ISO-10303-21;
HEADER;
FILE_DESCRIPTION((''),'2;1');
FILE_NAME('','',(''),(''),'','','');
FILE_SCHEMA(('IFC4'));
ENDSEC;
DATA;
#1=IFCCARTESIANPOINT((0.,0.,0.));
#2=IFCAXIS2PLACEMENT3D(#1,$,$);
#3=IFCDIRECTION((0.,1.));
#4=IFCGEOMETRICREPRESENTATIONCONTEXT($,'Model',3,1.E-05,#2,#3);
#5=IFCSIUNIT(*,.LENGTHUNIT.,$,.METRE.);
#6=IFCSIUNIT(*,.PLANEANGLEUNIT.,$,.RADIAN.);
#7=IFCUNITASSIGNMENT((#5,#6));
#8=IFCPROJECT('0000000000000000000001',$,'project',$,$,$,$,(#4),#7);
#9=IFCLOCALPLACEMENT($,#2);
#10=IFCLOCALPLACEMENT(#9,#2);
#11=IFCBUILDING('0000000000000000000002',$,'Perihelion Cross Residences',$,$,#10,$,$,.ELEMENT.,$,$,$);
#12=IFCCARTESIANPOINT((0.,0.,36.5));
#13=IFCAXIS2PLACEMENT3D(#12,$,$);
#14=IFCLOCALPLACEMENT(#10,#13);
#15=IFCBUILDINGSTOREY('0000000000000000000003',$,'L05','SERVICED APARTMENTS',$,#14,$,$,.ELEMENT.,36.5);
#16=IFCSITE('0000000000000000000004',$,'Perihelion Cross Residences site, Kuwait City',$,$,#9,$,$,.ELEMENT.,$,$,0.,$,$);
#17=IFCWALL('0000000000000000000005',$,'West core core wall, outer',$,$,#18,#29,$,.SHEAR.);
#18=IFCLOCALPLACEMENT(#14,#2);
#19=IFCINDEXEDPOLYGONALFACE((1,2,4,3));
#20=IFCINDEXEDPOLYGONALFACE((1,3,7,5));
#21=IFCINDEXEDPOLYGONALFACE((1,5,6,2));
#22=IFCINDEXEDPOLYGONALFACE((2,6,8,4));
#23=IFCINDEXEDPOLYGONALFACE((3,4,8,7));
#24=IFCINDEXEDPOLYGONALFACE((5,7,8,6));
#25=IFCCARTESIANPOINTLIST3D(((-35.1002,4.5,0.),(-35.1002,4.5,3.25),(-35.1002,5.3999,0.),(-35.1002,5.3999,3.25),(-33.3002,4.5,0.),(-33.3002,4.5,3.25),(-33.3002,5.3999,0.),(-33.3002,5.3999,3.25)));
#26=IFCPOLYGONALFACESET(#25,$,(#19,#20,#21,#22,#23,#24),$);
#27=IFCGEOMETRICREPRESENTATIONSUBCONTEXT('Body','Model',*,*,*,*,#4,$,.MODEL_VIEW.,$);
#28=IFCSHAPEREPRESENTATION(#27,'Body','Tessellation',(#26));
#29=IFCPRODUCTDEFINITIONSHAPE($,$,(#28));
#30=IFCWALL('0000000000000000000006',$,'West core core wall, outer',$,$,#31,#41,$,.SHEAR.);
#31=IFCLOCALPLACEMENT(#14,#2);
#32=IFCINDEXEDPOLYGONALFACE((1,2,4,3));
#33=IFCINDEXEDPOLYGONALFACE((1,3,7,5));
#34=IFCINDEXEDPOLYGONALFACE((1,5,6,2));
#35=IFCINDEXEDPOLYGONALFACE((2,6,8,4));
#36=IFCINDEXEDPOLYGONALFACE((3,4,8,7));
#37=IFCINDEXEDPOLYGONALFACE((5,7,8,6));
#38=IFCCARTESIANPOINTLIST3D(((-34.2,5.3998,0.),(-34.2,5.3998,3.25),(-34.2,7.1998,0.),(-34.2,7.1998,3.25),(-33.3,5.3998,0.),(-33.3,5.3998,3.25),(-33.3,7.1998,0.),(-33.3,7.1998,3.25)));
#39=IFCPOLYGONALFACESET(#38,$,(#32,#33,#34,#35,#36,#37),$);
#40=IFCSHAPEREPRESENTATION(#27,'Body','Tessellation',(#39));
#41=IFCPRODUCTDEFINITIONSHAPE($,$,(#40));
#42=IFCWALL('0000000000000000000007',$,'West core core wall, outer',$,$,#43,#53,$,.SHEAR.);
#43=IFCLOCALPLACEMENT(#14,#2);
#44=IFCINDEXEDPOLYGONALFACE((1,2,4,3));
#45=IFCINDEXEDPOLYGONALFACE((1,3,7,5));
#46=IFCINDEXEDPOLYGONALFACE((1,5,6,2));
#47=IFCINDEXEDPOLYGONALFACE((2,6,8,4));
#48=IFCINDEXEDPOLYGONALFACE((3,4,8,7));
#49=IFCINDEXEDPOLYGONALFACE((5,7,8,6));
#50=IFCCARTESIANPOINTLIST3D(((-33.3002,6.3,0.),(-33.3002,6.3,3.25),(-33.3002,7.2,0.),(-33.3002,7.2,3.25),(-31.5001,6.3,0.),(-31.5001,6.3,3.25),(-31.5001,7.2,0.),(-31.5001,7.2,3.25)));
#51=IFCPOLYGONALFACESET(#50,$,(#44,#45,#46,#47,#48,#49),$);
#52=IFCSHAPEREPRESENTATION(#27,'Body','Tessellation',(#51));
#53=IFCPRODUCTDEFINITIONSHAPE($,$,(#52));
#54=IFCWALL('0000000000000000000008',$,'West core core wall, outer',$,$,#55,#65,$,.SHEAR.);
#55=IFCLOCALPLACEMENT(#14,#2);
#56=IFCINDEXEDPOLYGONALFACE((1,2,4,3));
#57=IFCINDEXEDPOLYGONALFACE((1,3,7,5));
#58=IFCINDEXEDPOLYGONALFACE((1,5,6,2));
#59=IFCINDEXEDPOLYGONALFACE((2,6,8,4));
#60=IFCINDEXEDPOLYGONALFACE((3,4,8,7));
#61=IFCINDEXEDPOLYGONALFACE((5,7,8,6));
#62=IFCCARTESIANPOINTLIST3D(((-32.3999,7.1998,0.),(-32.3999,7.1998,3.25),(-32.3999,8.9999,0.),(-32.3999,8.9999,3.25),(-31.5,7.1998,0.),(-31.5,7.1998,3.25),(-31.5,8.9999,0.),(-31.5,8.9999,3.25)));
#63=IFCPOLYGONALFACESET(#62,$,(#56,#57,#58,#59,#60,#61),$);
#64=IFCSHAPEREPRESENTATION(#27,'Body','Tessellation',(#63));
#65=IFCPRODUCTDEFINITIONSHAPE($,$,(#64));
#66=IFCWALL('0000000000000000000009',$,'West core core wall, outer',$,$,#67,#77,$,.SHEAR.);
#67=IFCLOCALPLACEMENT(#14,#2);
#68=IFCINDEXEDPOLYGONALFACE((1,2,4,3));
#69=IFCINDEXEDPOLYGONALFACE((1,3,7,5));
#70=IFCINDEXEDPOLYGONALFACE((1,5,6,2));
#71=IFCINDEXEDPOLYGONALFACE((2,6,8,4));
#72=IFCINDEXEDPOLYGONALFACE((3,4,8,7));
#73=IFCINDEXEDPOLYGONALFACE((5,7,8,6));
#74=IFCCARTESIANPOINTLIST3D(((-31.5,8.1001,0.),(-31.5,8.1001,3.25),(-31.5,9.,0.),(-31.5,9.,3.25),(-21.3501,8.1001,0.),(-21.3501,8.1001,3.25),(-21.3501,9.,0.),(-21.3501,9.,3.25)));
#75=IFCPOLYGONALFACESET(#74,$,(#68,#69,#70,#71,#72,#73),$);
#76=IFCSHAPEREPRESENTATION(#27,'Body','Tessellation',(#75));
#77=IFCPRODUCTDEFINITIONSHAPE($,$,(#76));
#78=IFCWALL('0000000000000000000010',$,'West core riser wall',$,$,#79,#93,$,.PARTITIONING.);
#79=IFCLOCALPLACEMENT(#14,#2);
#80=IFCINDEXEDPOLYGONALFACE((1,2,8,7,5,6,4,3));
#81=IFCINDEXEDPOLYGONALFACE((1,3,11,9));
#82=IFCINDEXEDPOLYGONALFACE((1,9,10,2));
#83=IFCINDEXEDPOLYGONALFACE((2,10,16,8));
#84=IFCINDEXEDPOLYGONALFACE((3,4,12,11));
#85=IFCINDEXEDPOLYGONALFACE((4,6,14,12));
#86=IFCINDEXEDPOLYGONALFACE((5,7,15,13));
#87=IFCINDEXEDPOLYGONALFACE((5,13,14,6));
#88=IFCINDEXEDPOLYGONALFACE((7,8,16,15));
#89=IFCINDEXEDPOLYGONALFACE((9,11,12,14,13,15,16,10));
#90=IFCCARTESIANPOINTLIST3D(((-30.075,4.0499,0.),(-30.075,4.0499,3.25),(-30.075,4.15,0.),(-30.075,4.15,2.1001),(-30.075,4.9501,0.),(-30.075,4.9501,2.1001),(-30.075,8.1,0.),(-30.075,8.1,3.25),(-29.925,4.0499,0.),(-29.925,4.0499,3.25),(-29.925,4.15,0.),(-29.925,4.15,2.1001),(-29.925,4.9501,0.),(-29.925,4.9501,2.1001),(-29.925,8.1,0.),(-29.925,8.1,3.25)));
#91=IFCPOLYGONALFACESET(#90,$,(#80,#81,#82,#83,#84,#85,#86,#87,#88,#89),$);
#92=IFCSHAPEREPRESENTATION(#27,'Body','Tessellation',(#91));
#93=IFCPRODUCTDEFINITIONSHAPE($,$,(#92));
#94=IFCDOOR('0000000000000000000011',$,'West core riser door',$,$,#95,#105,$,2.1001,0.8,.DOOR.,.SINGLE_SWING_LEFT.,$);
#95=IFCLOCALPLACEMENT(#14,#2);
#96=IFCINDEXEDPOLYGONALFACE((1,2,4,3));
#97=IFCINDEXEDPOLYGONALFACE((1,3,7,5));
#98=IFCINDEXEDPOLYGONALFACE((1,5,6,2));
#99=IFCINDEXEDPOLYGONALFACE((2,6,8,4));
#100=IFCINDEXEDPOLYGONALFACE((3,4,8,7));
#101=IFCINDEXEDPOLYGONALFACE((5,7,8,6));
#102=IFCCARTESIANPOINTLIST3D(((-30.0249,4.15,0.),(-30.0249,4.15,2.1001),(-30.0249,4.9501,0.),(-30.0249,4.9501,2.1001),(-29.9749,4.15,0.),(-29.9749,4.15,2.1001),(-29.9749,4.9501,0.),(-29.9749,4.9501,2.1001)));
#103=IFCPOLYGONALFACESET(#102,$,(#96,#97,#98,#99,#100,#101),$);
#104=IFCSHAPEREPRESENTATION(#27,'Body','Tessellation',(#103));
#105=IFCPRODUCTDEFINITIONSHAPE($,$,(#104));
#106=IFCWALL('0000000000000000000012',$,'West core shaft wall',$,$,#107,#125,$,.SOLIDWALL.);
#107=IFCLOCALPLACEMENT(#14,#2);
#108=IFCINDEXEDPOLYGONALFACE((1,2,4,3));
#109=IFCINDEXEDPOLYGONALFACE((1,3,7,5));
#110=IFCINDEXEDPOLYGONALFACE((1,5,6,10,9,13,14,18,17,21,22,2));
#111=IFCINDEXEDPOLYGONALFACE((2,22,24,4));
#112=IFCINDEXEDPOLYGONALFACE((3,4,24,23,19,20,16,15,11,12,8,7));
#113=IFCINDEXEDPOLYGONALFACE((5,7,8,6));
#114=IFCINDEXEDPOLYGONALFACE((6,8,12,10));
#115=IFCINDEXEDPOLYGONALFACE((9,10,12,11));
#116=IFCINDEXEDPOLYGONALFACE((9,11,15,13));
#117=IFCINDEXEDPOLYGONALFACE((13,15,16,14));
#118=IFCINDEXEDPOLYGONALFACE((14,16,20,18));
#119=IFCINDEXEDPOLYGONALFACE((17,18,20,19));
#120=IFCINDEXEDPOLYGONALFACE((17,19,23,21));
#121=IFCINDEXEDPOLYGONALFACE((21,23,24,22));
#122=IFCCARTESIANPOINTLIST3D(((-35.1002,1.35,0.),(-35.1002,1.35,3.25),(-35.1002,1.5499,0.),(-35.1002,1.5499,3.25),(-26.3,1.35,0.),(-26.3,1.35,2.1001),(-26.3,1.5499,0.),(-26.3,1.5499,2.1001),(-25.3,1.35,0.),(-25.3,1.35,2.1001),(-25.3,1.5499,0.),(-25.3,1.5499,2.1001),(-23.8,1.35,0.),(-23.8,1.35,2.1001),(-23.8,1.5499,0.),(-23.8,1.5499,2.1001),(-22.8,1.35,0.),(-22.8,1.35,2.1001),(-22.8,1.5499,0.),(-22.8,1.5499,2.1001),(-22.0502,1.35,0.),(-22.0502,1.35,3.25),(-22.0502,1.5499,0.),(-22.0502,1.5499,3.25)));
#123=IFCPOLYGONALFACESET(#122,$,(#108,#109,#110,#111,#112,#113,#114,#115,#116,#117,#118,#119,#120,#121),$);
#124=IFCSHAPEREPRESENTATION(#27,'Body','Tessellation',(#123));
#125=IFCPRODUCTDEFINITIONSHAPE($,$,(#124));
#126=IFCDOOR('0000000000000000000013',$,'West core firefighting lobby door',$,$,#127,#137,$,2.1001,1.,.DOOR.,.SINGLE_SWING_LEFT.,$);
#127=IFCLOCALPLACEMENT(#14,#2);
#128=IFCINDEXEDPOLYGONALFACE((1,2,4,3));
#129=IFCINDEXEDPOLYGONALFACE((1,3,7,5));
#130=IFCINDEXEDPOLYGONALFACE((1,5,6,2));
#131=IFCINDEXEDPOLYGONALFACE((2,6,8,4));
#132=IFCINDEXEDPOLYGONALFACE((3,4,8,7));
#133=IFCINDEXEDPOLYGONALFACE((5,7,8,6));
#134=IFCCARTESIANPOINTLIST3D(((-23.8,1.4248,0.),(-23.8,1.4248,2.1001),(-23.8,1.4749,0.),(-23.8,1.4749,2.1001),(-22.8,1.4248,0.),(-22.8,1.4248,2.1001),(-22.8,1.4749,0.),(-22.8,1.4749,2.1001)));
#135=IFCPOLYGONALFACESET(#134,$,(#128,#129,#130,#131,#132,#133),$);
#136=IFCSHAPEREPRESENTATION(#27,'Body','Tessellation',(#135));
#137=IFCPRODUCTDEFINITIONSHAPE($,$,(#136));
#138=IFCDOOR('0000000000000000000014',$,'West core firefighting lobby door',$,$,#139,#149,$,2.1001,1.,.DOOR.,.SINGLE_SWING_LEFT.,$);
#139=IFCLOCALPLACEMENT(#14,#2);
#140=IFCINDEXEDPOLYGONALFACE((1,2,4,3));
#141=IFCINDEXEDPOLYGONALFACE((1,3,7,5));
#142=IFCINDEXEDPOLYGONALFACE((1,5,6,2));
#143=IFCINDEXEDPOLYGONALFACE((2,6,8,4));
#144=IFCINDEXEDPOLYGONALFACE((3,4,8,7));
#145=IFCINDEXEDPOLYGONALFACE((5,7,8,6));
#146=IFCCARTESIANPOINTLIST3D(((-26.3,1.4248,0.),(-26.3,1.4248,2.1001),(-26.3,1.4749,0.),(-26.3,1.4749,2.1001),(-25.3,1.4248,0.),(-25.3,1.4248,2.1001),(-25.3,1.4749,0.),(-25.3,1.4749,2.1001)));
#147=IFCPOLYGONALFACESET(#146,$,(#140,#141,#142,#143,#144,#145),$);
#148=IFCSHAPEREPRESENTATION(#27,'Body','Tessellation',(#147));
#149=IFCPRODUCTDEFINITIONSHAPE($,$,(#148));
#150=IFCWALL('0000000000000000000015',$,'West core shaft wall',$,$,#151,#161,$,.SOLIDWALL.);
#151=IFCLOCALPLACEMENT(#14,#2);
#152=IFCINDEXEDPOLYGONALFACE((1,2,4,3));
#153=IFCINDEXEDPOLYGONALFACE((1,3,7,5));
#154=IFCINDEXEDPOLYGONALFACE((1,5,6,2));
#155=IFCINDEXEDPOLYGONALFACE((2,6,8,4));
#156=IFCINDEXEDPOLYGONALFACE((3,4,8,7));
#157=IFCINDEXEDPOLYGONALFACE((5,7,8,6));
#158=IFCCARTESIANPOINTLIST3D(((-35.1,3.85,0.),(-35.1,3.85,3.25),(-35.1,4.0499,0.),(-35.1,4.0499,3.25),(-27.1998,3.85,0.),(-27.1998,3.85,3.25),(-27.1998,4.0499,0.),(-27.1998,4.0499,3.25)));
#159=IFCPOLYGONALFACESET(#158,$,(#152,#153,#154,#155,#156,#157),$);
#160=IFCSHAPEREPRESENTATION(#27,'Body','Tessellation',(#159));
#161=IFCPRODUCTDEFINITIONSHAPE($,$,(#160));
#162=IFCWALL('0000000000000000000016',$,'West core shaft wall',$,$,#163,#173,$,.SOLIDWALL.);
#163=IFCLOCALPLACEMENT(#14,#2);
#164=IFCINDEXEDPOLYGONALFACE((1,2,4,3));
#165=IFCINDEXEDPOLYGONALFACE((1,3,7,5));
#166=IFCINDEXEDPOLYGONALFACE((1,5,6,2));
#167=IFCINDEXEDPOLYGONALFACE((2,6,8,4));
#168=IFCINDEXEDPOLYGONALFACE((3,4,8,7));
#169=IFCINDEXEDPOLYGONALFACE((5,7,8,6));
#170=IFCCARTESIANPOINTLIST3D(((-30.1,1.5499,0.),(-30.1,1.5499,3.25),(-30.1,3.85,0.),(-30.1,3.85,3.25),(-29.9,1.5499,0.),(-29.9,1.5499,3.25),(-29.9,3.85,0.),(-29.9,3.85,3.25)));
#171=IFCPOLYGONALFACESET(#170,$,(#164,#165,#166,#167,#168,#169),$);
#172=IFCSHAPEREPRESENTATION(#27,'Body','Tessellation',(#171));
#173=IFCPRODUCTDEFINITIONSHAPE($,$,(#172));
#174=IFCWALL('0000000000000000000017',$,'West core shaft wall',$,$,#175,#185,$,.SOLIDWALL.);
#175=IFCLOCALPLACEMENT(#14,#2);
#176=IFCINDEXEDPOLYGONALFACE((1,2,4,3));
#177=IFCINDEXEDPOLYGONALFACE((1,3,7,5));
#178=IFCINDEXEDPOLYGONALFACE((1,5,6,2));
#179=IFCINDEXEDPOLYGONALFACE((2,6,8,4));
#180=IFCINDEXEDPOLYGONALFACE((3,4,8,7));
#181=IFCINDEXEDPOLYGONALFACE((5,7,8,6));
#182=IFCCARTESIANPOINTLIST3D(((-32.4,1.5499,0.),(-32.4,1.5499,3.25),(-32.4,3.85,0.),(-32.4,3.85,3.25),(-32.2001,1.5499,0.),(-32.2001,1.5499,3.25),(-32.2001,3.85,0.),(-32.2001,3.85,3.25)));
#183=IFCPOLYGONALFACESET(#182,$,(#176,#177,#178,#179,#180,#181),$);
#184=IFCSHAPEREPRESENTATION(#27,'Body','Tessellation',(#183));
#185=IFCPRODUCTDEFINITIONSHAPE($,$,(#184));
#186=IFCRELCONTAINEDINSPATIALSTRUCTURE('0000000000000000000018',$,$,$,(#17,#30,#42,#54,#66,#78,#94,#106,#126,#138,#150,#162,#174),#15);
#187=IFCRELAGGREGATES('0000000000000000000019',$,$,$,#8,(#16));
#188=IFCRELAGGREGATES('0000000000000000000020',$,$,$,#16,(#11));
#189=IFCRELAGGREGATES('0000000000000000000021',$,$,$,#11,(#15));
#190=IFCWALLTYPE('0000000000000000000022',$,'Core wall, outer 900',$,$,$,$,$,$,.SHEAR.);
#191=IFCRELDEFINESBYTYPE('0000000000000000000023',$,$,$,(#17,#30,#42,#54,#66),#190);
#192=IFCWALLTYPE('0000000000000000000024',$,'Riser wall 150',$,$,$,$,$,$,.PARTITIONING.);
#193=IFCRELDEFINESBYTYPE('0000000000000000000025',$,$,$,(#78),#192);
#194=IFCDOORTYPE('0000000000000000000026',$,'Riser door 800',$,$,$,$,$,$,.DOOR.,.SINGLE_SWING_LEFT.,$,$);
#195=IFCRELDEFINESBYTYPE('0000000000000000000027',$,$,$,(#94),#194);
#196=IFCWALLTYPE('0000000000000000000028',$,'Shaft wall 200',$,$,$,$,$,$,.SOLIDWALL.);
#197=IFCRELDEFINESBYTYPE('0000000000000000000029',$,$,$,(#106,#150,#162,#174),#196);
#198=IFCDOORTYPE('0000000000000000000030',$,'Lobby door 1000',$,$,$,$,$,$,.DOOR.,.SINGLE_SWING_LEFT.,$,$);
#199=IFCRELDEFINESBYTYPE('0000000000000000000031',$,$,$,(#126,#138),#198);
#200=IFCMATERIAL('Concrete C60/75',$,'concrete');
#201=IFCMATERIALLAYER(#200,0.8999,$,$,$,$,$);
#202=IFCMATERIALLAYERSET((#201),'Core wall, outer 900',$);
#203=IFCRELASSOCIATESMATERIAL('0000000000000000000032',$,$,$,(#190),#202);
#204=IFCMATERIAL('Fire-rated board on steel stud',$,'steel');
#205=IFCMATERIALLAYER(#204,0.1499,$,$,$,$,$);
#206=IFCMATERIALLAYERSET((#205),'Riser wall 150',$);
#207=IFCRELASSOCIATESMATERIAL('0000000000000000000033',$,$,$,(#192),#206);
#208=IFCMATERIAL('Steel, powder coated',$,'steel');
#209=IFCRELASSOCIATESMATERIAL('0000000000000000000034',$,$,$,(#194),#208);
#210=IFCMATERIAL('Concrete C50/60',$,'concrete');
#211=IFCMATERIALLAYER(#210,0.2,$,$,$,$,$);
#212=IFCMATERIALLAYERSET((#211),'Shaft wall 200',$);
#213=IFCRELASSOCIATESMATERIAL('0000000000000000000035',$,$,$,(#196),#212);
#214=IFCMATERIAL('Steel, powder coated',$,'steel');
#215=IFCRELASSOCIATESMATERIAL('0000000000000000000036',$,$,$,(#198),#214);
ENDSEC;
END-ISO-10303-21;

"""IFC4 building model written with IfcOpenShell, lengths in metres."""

from ifc_helpers import new_model, si_unit, direction, frame, frame_2d, origin, place, context, subcontext, project, spatial, rectangle, extrude, material, layer, layer_set, type_object, element, fill, save


model = new_model("IFC4")

# Units and contexts
model_context = context("Model", 3, precision=1e-05, world=origin(), true_north=direction((0.0, 1.0)))
body_context = subcontext(model_context, "Body", "Model", "MODEL_VIEW")
ifc_project = project(units=[si_unit("LENGTHUNIT", "METRE"), si_unit("PLANEANGLEUNIT", "RADIAN")], contexts=[model_context])

# Site, building, storey
site_placement = place(None, origin())
site = spatial("IfcSite", under=ifc_project, at=site_placement, Name="Perihelion Cross Residences site, Kuwait City", CompositionType="ELEMENT", RefElevation=0.0)
building_placement = place(site_placement, origin())
building = spatial("IfcBuilding", under=site, at=building_placement, Name="Perihelion Cross Residences", CompositionType="ELEMENT")
storey_placement = place(building_placement, frame((0.0, 0.0, 36.5)))
storey = spatial("IfcBuildingStorey", under=building, at=storey_placement, Name="L05", Description="SERVICED APARTMENTS", CompositionType="ELEMENT", Elevation=36.5)

# Walls
ifc_material_1 = material(Name="Concrete C60/75", Category="concrete")
ifc_layer_1 = layer(ifc_material_1, 0.8999)
ifc_layer_set_1 = layer_set([ifc_layer_1], Name="Core wall, outer 900")
wall_type_1 = type_object("IfcWallType", Name="Core wall, outer 900", PredefinedType="SHEAR", material=ifc_layer_set_1)
for number, where, z_axis, x_axis, name in (
    (1, (-35.1001, 4.95, 0.0), (0.0, 0.0, 1.0), (1.0, 0.0, 0.0), "West core core wall, outer"),
    (2, (-33.75, 5.3999, 0.0), (0.0, 0.0, 1.0), (0.0, 1.0, 0.0), "West core core wall, outer"),
    (3, (-33.3, 6.75, 0.0), (0.0, 0.0, 1.0), (1.0, 0.0, 0.0), "West core core wall, outer"),
    (4, (-31.95, 7.2, 0.0), (0.0, 0.0, 1.0), (0.0, 1.0, 0.0), "West core core wall, outer"),
):
    element("IfcWall", number, at=place(storey_placement, frame(where, z_axis=z_axis, x_axis=x_axis)), inside=storey, type_object=wall_type_1, Name=name, PredefinedType="SHEAR", context=body_context, shape_type="SweptSolid", body=[
        extrude(rectangle(XDim=1.8, YDim=0.8999, at=frame_2d((0.8999, 0.0))), origin(), (0.0, 0.0, 1.0), 3.25),
    ])
wall_1_placement = place(storey_placement, frame((-31.5, 8.55, 0.0), z_axis=(0.0, 0.0, 1.0), x_axis=(1.0, 0.0, 0.0)))
element("IfcWall", 5, at=wall_1_placement, inside=storey, type_object=wall_type_1, Name="West core core wall, outer", PredefinedType="SHEAR", context=body_context, shape_type="SweptSolid", body=[
    extrude(rectangle(XDim=10.1499, YDim=0.8999, at=frame_2d((5.075, 0.0))), origin(), (0.0, 0.0, 1.0), 3.25),
])

# Wall, opening, door
ifc_material_2 = material(Name="Fire-rated board on steel stud", Category="steel")
ifc_layer_2 = layer(ifc_material_2, 0.1499)
ifc_layer_set_2 = layer_set([ifc_layer_2], Name="Riser wall 150")
wall_type_2 = type_object("IfcWallType", Name="Riser wall 150", PredefinedType="PARTITIONING", material=ifc_layer_set_2)
wall_2_placement = place(storey_placement, frame((-30.0, 4.05, 0.0), z_axis=(0.0, 0.0, 1.0), x_axis=(0.0, 1.0, 0.0)))
wall_2 = element("IfcWall", 6, at=wall_2_placement, inside=storey, type_object=wall_type_2, Name="West core riser wall", PredefinedType="PARTITIONING", context=body_context, shape_type="SweptSolid", body=[
    extrude(rectangle(XDim=4.05, YDim=0.1499, at=frame_2d((2.0249, 0.0))), origin(), (0.0, 0.0, 1.0), 3.25),
])
opening_1_placement = place(wall_2_placement, frame((0.1001, 0.0, 0.0)))
opening_1 = element("IfcOpeningElement", 7, at=opening_1_placement, cuts=wall_2, PredefinedType="OPENING", context=body_context, shape_type="SweptSolid", body=[
    extrude(rectangle(XDim=0.8, YDim=2.1001, at=frame_2d((0.3999, 1.05))), frame((0.0, 0.085, 0.0), z_axis=(0.0, -1.0, 0.0), x_axis=(1.0, 0.0, 0.0)), (0.0, 0.0, 1.0), 0.1699),
])
ifc_material_3 = material(Name="Steel, powder coated", Category="steel")
door_type_1 = type_object("IfcDoorType", Name="Riser door 800", OperationType="SINGLE_SWING_LEFT", PredefinedType="DOOR", material=ifc_material_3)
door_1_placement = place(opening_1_placement, origin())
door_1 = element("IfcDoor", 8, at=door_1_placement, inside=storey, type_object=door_type_1, Name="West core riser door", OperationType="SINGLE_SWING_LEFT", OverallHeight=2.1001, OverallWidth=0.8, PredefinedType="DOOR", context=body_context, shape_type="SweptSolid", body=[
    extrude(rectangle(XDim=0.8, YDim=2.1001, at=frame_2d((0.3999, 1.05))), frame((0.0, 0.0249, 0.0), z_axis=(0.0, -1.0, 0.0), x_axis=(1.0, 0.0, 0.0)), (0.0, 0.0, 1.0), 0.05),
])
fill(opening_1, door_1)

# Wall, openings, doors
ifc_material_4 = material(Name="Concrete C50/60", Category="concrete")
ifc_layer_3 = layer(ifc_material_4, 0.2)
ifc_layer_set_3 = layer_set([ifc_layer_3], Name="Shaft wall 200")
wall_type_3 = type_object("IfcWallType", Name="Shaft wall 200", PredefinedType="SOLIDWALL", material=ifc_layer_set_3)
wall_3_placement = place(storey_placement, frame((-35.1001, 1.45, 0.0), z_axis=(0.0, 0.0, 1.0), x_axis=(1.0, 0.0, 0.0)))
wall_3 = element("IfcWall", 9, at=wall_3_placement, inside=storey, type_object=wall_type_3, Name="West core shaft wall", PredefinedType="SOLIDWALL", context=body_context, shape_type="SweptSolid", body=[
    extrude(rectangle(XDim=13.05, YDim=0.2, at=frame_2d((6.5249, 0.0))), origin(), (0.0, 0.0, 1.0), 3.25),
])
opening_2_placement = place(wall_3_placement, frame((11.3, 0.0, 0.0)))
opening_2 = element("IfcOpeningElement", 10, at=opening_2_placement, cuts=wall_3, PredefinedType="OPENING", context=body_context, shape_type="SweptSolid", body=[
    extrude(rectangle(XDim=1.0, YDim=2.1001, at=frame_2d((0.5, 1.05))), frame((0.0, 0.1099, 0.0), z_axis=(0.0, -1.0, 0.0), x_axis=(1.0, 0.0, 0.0)), (0.0, 0.0, 1.0), 0.22),
])
opening_3_placement = place(wall_3_placement, frame((8.8, 0.0, 0.0)))
opening_3 = element("IfcOpeningElement", 11, at=opening_3_placement, cuts=wall_3, PredefinedType="OPENING", context=body_context, shape_type="SweptSolid", body=[
    extrude(rectangle(XDim=1.0, YDim=2.1001, at=frame_2d((0.5, 1.05))), frame((0.0, 0.1099, 0.0), z_axis=(0.0, -1.0, 0.0), x_axis=(1.0, 0.0, 0.0)), (0.0, 0.0, 1.0), 0.22),
])
ifc_material_5 = material(Name="Steel, powder coated", Category="steel")
door_type_2 = type_object("IfcDoorType", Name="Lobby door 1000", OperationType="SINGLE_SWING_LEFT", PredefinedType="DOOR", material=ifc_material_5)
door_2_placement = place(opening_2_placement, origin())
door_2 = element("IfcDoor", 12, at=door_2_placement, inside=storey, type_object=door_type_2, Name="West core firefighting lobby door", OperationType="SINGLE_SWING_LEFT", OverallHeight=2.1001, OverallWidth=1.0, PredefinedType="DOOR", context=body_context, shape_type="SweptSolid", body=[
    extrude(rectangle(XDim=1.0, YDim=2.1001, at=frame_2d((0.5, 1.05))), frame((0.0, 0.0249, 0.0), z_axis=(0.0, -1.0, 0.0), x_axis=(1.0, 0.0, 0.0)), (0.0, 0.0, 1.0), 0.05),
])
fill(opening_2, door_2)
door_3_placement = place(opening_3_placement, origin())
door_3 = element("IfcDoor", 13, at=door_3_placement, inside=storey, type_object=door_type_2, Name="West core firefighting lobby door", OperationType="SINGLE_SWING_LEFT", OverallHeight=2.1001, OverallWidth=1.0, PredefinedType="DOOR", context=body_context, shape_type="SweptSolid", body=[
    extrude(rectangle(XDim=1.0, YDim=2.1001, at=frame_2d((0.5, 1.05))), frame((0.0, 0.0249, 0.0), z_axis=(0.0, -1.0, 0.0), x_axis=(1.0, 0.0, 0.0)), (0.0, 0.0, 1.0), 0.05),
])
fill(opening_3, door_3)

# Walls
wall_4_placement = place(storey_placement, frame((-35.1001, 3.95, 0.0), z_axis=(0.0, 0.0, 1.0), x_axis=(1.0, 0.0, 0.0)))
element("IfcWall", 14, at=wall_4_placement, inside=storey, type_object=wall_type_3, Name="West core shaft wall", PredefinedType="SOLIDWALL", context=body_context, shape_type="SweptSolid", body=[
    extrude(rectangle(XDim=7.9001, YDim=0.2, at=frame_2d((3.9502, 0.0))), origin(), (0.0, 0.0, 1.0), 3.25),
])
for number, where, z_axis, x_axis, name in (
    (15, (-30.0, 1.55, 0.0), (0.0, 0.0, 1.0), (0.0, 1.0, 0.0), "West core shaft wall"),
    (16, (-32.3, 1.55, 0.0), (0.0, 0.0, 1.0), (0.0, 1.0, 0.0), "West core shaft wall"),
):
    element("IfcWall", number, at=place(storey_placement, frame(where, z_axis=z_axis, x_axis=x_axis)), inside=storey, type_object=wall_type_3, Name=name, PredefinedType="SOLIDWALL", context=body_context, shape_type="SweptSolid", body=[
        extrude(rectangle(XDim=2.3, YDim=0.2, at=frame_2d((1.1499, 0.0))), origin(), (0.0, 0.0, 1.0), 3.25),
    ])

save(model, "model.ifc")
